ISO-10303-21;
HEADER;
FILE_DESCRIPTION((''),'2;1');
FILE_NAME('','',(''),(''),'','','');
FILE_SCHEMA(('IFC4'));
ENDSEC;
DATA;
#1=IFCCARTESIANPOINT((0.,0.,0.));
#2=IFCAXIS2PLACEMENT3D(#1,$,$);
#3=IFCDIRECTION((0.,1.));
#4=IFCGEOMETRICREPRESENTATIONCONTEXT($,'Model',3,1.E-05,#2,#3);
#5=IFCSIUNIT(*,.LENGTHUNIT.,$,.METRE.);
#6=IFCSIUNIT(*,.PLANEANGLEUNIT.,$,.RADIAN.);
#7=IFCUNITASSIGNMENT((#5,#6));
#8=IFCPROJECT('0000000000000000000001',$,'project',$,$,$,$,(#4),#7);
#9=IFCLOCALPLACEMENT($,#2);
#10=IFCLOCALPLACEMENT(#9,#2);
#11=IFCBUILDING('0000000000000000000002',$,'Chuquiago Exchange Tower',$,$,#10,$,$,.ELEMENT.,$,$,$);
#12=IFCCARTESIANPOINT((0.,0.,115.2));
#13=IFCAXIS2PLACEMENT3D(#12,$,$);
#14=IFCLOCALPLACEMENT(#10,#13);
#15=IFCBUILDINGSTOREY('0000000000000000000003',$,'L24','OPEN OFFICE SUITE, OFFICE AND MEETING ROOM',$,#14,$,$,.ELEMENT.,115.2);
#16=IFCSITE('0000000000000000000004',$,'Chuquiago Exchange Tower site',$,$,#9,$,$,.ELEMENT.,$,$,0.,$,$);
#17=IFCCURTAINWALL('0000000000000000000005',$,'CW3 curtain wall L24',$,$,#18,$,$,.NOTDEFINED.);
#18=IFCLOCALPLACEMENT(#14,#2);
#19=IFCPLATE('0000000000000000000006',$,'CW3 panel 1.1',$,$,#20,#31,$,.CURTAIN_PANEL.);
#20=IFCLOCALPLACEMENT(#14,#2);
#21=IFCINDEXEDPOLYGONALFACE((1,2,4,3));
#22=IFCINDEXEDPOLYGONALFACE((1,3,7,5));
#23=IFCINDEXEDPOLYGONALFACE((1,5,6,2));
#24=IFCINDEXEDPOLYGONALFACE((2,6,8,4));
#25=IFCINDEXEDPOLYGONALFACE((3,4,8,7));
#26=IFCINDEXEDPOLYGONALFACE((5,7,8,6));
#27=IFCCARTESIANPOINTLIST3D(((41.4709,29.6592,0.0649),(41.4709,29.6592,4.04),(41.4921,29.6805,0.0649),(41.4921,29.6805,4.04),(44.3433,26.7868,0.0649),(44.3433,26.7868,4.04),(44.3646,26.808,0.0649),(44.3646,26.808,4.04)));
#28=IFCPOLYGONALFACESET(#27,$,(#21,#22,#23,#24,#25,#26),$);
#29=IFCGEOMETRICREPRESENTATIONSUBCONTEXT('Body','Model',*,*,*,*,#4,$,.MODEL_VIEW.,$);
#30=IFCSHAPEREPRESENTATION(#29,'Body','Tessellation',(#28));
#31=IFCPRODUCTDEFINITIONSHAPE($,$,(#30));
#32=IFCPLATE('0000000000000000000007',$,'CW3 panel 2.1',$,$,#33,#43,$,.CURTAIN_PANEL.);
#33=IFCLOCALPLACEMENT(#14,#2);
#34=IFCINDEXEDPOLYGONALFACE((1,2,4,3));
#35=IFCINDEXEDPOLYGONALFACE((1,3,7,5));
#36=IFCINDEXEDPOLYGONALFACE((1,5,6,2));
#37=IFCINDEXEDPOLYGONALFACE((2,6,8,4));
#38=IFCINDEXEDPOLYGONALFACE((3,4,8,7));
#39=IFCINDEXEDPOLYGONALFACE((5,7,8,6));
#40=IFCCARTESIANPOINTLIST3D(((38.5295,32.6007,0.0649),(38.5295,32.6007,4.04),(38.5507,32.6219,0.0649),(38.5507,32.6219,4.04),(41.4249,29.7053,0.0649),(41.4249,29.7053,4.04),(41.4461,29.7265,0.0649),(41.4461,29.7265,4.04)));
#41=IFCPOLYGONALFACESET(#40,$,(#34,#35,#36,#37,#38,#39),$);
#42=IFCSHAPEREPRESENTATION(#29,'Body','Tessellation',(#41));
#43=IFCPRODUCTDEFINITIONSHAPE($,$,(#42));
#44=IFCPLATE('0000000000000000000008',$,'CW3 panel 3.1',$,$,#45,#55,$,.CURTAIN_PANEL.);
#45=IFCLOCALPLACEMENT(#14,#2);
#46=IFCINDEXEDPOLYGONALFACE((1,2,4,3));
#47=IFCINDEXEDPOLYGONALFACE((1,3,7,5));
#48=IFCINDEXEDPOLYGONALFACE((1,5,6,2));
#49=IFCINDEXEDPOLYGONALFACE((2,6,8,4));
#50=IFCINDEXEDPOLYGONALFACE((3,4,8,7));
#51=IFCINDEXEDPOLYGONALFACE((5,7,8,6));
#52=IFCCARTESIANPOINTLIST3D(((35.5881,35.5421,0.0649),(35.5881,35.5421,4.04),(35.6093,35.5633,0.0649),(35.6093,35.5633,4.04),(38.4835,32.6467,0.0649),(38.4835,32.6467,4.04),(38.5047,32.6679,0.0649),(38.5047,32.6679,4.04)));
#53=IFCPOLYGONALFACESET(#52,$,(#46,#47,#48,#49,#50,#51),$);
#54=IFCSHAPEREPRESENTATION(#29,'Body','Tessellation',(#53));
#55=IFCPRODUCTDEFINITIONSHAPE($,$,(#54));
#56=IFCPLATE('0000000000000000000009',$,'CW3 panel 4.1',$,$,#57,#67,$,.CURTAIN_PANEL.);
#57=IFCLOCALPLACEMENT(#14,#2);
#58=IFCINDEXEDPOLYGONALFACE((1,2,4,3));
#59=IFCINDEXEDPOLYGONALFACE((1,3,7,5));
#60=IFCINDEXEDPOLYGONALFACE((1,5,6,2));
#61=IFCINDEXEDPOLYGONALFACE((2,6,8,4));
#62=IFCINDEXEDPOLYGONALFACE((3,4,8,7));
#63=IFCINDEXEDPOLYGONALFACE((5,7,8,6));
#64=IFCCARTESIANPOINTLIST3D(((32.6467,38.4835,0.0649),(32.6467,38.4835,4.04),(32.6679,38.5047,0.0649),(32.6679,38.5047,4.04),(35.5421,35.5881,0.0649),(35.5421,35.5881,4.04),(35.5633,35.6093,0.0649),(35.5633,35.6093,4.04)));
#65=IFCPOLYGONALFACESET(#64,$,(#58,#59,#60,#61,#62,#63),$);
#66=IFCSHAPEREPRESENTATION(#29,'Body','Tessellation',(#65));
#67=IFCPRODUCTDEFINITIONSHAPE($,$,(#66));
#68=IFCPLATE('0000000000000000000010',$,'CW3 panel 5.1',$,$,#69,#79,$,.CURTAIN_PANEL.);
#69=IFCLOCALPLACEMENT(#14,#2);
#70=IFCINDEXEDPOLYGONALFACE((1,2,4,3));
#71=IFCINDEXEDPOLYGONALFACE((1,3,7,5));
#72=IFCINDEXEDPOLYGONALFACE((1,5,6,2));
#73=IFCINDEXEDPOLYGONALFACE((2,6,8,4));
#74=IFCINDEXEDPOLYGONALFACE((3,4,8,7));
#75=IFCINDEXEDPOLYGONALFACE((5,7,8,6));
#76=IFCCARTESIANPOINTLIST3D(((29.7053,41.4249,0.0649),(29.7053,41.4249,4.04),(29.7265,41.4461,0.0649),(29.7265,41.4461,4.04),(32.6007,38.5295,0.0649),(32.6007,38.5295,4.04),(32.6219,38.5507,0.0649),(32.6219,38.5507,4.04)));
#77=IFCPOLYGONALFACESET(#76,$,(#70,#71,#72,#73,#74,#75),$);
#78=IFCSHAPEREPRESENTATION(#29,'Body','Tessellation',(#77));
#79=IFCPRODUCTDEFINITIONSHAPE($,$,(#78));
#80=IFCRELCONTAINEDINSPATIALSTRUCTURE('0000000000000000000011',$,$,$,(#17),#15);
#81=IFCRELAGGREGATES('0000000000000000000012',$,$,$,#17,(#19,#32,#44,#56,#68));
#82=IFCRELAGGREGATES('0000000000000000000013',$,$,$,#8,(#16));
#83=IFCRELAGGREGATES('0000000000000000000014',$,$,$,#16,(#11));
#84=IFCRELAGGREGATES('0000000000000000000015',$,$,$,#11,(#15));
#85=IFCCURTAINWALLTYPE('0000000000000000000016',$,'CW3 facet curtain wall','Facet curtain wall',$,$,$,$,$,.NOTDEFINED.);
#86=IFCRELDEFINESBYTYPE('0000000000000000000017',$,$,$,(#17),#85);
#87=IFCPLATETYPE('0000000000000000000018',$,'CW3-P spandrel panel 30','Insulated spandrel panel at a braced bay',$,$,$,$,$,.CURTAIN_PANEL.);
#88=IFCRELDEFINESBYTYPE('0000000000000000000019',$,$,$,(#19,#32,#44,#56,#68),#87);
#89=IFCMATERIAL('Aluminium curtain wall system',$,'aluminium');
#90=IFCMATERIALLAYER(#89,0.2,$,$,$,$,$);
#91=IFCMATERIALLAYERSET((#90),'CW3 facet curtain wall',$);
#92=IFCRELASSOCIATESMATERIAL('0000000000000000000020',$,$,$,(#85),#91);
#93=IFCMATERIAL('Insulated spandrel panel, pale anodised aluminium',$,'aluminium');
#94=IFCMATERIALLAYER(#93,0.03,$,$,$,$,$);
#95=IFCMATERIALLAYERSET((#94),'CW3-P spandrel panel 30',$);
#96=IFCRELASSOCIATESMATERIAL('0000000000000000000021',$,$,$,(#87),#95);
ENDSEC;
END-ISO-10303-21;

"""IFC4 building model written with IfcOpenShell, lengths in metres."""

from ifc_helpers import new_model, si_unit, direction, frame, origin, origin_2d, place, context, subcontext, project, spatial, rectangle, extrude, material, layer, layer_set, type_object, element, aggregate, save


model = new_model("IFC4")

# Units and contexts
model_context = context("Model", 3, precision=1e-05, world=origin(), true_north=direction((0.0, 1.0)))
body_context = subcontext(model_context, "Body", "Model", "MODEL_VIEW")
ifc_project = project(units=[si_unit("LENGTHUNIT", "METRE"), si_unit("PLANEANGLEUNIT", "RADIAN")], contexts=[model_context])

# Site, building, storey
site_placement = place(None, origin())
site = spatial("IfcSite", under=ifc_project, at=site_placement, Name="Chuquiago Exchange Tower site", CompositionType="ELEMENT", RefElevation=0.0)
building_placement = place(site_placement, origin())
building = spatial("IfcBuilding", under=site, at=building_placement, Name="Chuquiago Exchange Tower", CompositionType="ELEMENT")
storey_placement = place(building_placement, frame((0.0, 0.0, 115.2)))
storey = spatial("IfcBuildingStorey", under=building, at=storey_placement, Name="L24", Description="OPEN OFFICE SUITE, OFFICE AND MEETING ROOM", CompositionType="ELEMENT", Elevation=115.2)

# Curtain wall
ifc_material_1 = material(Name="Aluminium curtain wall system", Category="aluminium")
ifc_layer_1 = layer(ifc_material_1, 0.2)
ifc_layer_set_1 = layer_set([ifc_layer_1], Name="CW3 facet curtain wall")
curtain_wall_type = type_object("IfcCurtainWallType", Name="CW3 facet curtain wall", Description="Facet curtain wall", PredefinedType="NOTDEFINED", material=ifc_layer_set_1)
curtain_wall_placement = place(storey_placement, origin())
curtain_wall = element("IfcCurtainWall", 1, at=curtain_wall_placement, inside=storey, type_object=curtain_wall_type, Name="CW3 curtain wall L24", PredefinedType="NOTDEFINED")

# Plates
ifc_material_2 = material(Name="Insulated spandrel panel, pale anodised aluminium", Category="aluminium")
ifc_layer_2 = layer(ifc_material_2, 0.03)
ifc_layer_set_2 = layer_set([ifc_layer_2], Name="CW3-P spandrel panel 30")
plate_type = type_object("IfcPlateType", Name="CW3-P spandrel panel 30", Description="Insulated spandrel panel at a braced bay", PredefinedType="CURTAIN_PANEL", material=ifc_layer_set_2)
plate_1_placement = place(storey_placement, frame((42.9177, 28.2336, 0.0649), z_axis=(0.0, 0.0, 1.0), x_axis=(-0.707107, 0.707107, 0.0)))
plate_1 = element("IfcPlate", 2, at=plate_1_placement, type_object=plate_type, Name="CW3 panel 1.1", PredefinedType="CURTAIN_PANEL", context=body_context, shape_type="SweptSolid", body=[
    extrude(rectangle(XDim=4.0623, YDim=0.03, at=origin_2d()), origin(), (0.0, 0.0, 1.0), 3.9751),
])
plate_2_placement = place(storey_placement, frame((39.9878, 31.1636, 0.0649), z_axis=(0.0, 0.0, 1.0), x_axis=(-0.707107, 0.707107, 0.0)))
plate_2 = element("IfcPlate", 3, at=plate_2_placement, type_object=plate_type, Name="CW3 panel 2.1", PredefinedType="CURTAIN_PANEL", context=body_context, shape_type="SweptSolid", body=[
    extrude(rectangle(XDim=4.0947, YDim=0.03, at=origin_2d()), origin(), (0.0, 0.0, 1.0), 3.9751),
])
plate_3_placement = place(storey_placement, frame((37.0464, 34.105, 0.0649), z_axis=(0.0, 0.0, 1.0), x_axis=(-0.707107, 0.707107, 0.0)))
plate_3 = element("IfcPlate", 4, at=plate_3_placement, type_object=plate_type, Name="CW3 panel 3.1", PredefinedType="CURTAIN_PANEL", context=body_context, shape_type="SweptSolid", body=[
    extrude(rectangle(XDim=4.0947, YDim=0.03, at=origin_2d()), origin(), (0.0, 0.0, 1.0), 3.9751),
])
plate_4_placement = place(storey_placement, frame((34.105, 37.0464, 0.0649), z_axis=(0.0, 0.0, 1.0), x_axis=(-0.707107, 0.707107, 0.0)))
plate_4 = element("IfcPlate", 5, at=plate_4_placement, type_object=plate_type, Name="CW3 panel 4.1", PredefinedType="CURTAIN_PANEL", context=body_context, shape_type="SweptSolid", body=[
    extrude(rectangle(XDim=4.0947, YDim=0.03, at=origin_2d()), origin(), (0.0, 0.0, 1.0), 3.9751),
])
plate_5_placement = place(storey_placement, frame((31.1636, 39.9878, 0.0649), z_axis=(0.0, 0.0, 1.0), x_axis=(-0.707107, 0.707107, 0.0)))
plate_5 = element("IfcPlate", 6, at=plate_5_placement, type_object=plate_type, Name="CW3 panel 5.1", PredefinedType="CURTAIN_PANEL", context=body_context, shape_type="SweptSolid", body=[
    extrude(rectangle(XDim=4.0947, YDim=0.03, at=origin_2d()), origin(), (0.0, 0.0, 1.0), 3.9751),
])
aggregate(curtain_wall, [plate_1, plate_2, plate_3, plate_4, plate_5])

save(model, "model.ifc")
